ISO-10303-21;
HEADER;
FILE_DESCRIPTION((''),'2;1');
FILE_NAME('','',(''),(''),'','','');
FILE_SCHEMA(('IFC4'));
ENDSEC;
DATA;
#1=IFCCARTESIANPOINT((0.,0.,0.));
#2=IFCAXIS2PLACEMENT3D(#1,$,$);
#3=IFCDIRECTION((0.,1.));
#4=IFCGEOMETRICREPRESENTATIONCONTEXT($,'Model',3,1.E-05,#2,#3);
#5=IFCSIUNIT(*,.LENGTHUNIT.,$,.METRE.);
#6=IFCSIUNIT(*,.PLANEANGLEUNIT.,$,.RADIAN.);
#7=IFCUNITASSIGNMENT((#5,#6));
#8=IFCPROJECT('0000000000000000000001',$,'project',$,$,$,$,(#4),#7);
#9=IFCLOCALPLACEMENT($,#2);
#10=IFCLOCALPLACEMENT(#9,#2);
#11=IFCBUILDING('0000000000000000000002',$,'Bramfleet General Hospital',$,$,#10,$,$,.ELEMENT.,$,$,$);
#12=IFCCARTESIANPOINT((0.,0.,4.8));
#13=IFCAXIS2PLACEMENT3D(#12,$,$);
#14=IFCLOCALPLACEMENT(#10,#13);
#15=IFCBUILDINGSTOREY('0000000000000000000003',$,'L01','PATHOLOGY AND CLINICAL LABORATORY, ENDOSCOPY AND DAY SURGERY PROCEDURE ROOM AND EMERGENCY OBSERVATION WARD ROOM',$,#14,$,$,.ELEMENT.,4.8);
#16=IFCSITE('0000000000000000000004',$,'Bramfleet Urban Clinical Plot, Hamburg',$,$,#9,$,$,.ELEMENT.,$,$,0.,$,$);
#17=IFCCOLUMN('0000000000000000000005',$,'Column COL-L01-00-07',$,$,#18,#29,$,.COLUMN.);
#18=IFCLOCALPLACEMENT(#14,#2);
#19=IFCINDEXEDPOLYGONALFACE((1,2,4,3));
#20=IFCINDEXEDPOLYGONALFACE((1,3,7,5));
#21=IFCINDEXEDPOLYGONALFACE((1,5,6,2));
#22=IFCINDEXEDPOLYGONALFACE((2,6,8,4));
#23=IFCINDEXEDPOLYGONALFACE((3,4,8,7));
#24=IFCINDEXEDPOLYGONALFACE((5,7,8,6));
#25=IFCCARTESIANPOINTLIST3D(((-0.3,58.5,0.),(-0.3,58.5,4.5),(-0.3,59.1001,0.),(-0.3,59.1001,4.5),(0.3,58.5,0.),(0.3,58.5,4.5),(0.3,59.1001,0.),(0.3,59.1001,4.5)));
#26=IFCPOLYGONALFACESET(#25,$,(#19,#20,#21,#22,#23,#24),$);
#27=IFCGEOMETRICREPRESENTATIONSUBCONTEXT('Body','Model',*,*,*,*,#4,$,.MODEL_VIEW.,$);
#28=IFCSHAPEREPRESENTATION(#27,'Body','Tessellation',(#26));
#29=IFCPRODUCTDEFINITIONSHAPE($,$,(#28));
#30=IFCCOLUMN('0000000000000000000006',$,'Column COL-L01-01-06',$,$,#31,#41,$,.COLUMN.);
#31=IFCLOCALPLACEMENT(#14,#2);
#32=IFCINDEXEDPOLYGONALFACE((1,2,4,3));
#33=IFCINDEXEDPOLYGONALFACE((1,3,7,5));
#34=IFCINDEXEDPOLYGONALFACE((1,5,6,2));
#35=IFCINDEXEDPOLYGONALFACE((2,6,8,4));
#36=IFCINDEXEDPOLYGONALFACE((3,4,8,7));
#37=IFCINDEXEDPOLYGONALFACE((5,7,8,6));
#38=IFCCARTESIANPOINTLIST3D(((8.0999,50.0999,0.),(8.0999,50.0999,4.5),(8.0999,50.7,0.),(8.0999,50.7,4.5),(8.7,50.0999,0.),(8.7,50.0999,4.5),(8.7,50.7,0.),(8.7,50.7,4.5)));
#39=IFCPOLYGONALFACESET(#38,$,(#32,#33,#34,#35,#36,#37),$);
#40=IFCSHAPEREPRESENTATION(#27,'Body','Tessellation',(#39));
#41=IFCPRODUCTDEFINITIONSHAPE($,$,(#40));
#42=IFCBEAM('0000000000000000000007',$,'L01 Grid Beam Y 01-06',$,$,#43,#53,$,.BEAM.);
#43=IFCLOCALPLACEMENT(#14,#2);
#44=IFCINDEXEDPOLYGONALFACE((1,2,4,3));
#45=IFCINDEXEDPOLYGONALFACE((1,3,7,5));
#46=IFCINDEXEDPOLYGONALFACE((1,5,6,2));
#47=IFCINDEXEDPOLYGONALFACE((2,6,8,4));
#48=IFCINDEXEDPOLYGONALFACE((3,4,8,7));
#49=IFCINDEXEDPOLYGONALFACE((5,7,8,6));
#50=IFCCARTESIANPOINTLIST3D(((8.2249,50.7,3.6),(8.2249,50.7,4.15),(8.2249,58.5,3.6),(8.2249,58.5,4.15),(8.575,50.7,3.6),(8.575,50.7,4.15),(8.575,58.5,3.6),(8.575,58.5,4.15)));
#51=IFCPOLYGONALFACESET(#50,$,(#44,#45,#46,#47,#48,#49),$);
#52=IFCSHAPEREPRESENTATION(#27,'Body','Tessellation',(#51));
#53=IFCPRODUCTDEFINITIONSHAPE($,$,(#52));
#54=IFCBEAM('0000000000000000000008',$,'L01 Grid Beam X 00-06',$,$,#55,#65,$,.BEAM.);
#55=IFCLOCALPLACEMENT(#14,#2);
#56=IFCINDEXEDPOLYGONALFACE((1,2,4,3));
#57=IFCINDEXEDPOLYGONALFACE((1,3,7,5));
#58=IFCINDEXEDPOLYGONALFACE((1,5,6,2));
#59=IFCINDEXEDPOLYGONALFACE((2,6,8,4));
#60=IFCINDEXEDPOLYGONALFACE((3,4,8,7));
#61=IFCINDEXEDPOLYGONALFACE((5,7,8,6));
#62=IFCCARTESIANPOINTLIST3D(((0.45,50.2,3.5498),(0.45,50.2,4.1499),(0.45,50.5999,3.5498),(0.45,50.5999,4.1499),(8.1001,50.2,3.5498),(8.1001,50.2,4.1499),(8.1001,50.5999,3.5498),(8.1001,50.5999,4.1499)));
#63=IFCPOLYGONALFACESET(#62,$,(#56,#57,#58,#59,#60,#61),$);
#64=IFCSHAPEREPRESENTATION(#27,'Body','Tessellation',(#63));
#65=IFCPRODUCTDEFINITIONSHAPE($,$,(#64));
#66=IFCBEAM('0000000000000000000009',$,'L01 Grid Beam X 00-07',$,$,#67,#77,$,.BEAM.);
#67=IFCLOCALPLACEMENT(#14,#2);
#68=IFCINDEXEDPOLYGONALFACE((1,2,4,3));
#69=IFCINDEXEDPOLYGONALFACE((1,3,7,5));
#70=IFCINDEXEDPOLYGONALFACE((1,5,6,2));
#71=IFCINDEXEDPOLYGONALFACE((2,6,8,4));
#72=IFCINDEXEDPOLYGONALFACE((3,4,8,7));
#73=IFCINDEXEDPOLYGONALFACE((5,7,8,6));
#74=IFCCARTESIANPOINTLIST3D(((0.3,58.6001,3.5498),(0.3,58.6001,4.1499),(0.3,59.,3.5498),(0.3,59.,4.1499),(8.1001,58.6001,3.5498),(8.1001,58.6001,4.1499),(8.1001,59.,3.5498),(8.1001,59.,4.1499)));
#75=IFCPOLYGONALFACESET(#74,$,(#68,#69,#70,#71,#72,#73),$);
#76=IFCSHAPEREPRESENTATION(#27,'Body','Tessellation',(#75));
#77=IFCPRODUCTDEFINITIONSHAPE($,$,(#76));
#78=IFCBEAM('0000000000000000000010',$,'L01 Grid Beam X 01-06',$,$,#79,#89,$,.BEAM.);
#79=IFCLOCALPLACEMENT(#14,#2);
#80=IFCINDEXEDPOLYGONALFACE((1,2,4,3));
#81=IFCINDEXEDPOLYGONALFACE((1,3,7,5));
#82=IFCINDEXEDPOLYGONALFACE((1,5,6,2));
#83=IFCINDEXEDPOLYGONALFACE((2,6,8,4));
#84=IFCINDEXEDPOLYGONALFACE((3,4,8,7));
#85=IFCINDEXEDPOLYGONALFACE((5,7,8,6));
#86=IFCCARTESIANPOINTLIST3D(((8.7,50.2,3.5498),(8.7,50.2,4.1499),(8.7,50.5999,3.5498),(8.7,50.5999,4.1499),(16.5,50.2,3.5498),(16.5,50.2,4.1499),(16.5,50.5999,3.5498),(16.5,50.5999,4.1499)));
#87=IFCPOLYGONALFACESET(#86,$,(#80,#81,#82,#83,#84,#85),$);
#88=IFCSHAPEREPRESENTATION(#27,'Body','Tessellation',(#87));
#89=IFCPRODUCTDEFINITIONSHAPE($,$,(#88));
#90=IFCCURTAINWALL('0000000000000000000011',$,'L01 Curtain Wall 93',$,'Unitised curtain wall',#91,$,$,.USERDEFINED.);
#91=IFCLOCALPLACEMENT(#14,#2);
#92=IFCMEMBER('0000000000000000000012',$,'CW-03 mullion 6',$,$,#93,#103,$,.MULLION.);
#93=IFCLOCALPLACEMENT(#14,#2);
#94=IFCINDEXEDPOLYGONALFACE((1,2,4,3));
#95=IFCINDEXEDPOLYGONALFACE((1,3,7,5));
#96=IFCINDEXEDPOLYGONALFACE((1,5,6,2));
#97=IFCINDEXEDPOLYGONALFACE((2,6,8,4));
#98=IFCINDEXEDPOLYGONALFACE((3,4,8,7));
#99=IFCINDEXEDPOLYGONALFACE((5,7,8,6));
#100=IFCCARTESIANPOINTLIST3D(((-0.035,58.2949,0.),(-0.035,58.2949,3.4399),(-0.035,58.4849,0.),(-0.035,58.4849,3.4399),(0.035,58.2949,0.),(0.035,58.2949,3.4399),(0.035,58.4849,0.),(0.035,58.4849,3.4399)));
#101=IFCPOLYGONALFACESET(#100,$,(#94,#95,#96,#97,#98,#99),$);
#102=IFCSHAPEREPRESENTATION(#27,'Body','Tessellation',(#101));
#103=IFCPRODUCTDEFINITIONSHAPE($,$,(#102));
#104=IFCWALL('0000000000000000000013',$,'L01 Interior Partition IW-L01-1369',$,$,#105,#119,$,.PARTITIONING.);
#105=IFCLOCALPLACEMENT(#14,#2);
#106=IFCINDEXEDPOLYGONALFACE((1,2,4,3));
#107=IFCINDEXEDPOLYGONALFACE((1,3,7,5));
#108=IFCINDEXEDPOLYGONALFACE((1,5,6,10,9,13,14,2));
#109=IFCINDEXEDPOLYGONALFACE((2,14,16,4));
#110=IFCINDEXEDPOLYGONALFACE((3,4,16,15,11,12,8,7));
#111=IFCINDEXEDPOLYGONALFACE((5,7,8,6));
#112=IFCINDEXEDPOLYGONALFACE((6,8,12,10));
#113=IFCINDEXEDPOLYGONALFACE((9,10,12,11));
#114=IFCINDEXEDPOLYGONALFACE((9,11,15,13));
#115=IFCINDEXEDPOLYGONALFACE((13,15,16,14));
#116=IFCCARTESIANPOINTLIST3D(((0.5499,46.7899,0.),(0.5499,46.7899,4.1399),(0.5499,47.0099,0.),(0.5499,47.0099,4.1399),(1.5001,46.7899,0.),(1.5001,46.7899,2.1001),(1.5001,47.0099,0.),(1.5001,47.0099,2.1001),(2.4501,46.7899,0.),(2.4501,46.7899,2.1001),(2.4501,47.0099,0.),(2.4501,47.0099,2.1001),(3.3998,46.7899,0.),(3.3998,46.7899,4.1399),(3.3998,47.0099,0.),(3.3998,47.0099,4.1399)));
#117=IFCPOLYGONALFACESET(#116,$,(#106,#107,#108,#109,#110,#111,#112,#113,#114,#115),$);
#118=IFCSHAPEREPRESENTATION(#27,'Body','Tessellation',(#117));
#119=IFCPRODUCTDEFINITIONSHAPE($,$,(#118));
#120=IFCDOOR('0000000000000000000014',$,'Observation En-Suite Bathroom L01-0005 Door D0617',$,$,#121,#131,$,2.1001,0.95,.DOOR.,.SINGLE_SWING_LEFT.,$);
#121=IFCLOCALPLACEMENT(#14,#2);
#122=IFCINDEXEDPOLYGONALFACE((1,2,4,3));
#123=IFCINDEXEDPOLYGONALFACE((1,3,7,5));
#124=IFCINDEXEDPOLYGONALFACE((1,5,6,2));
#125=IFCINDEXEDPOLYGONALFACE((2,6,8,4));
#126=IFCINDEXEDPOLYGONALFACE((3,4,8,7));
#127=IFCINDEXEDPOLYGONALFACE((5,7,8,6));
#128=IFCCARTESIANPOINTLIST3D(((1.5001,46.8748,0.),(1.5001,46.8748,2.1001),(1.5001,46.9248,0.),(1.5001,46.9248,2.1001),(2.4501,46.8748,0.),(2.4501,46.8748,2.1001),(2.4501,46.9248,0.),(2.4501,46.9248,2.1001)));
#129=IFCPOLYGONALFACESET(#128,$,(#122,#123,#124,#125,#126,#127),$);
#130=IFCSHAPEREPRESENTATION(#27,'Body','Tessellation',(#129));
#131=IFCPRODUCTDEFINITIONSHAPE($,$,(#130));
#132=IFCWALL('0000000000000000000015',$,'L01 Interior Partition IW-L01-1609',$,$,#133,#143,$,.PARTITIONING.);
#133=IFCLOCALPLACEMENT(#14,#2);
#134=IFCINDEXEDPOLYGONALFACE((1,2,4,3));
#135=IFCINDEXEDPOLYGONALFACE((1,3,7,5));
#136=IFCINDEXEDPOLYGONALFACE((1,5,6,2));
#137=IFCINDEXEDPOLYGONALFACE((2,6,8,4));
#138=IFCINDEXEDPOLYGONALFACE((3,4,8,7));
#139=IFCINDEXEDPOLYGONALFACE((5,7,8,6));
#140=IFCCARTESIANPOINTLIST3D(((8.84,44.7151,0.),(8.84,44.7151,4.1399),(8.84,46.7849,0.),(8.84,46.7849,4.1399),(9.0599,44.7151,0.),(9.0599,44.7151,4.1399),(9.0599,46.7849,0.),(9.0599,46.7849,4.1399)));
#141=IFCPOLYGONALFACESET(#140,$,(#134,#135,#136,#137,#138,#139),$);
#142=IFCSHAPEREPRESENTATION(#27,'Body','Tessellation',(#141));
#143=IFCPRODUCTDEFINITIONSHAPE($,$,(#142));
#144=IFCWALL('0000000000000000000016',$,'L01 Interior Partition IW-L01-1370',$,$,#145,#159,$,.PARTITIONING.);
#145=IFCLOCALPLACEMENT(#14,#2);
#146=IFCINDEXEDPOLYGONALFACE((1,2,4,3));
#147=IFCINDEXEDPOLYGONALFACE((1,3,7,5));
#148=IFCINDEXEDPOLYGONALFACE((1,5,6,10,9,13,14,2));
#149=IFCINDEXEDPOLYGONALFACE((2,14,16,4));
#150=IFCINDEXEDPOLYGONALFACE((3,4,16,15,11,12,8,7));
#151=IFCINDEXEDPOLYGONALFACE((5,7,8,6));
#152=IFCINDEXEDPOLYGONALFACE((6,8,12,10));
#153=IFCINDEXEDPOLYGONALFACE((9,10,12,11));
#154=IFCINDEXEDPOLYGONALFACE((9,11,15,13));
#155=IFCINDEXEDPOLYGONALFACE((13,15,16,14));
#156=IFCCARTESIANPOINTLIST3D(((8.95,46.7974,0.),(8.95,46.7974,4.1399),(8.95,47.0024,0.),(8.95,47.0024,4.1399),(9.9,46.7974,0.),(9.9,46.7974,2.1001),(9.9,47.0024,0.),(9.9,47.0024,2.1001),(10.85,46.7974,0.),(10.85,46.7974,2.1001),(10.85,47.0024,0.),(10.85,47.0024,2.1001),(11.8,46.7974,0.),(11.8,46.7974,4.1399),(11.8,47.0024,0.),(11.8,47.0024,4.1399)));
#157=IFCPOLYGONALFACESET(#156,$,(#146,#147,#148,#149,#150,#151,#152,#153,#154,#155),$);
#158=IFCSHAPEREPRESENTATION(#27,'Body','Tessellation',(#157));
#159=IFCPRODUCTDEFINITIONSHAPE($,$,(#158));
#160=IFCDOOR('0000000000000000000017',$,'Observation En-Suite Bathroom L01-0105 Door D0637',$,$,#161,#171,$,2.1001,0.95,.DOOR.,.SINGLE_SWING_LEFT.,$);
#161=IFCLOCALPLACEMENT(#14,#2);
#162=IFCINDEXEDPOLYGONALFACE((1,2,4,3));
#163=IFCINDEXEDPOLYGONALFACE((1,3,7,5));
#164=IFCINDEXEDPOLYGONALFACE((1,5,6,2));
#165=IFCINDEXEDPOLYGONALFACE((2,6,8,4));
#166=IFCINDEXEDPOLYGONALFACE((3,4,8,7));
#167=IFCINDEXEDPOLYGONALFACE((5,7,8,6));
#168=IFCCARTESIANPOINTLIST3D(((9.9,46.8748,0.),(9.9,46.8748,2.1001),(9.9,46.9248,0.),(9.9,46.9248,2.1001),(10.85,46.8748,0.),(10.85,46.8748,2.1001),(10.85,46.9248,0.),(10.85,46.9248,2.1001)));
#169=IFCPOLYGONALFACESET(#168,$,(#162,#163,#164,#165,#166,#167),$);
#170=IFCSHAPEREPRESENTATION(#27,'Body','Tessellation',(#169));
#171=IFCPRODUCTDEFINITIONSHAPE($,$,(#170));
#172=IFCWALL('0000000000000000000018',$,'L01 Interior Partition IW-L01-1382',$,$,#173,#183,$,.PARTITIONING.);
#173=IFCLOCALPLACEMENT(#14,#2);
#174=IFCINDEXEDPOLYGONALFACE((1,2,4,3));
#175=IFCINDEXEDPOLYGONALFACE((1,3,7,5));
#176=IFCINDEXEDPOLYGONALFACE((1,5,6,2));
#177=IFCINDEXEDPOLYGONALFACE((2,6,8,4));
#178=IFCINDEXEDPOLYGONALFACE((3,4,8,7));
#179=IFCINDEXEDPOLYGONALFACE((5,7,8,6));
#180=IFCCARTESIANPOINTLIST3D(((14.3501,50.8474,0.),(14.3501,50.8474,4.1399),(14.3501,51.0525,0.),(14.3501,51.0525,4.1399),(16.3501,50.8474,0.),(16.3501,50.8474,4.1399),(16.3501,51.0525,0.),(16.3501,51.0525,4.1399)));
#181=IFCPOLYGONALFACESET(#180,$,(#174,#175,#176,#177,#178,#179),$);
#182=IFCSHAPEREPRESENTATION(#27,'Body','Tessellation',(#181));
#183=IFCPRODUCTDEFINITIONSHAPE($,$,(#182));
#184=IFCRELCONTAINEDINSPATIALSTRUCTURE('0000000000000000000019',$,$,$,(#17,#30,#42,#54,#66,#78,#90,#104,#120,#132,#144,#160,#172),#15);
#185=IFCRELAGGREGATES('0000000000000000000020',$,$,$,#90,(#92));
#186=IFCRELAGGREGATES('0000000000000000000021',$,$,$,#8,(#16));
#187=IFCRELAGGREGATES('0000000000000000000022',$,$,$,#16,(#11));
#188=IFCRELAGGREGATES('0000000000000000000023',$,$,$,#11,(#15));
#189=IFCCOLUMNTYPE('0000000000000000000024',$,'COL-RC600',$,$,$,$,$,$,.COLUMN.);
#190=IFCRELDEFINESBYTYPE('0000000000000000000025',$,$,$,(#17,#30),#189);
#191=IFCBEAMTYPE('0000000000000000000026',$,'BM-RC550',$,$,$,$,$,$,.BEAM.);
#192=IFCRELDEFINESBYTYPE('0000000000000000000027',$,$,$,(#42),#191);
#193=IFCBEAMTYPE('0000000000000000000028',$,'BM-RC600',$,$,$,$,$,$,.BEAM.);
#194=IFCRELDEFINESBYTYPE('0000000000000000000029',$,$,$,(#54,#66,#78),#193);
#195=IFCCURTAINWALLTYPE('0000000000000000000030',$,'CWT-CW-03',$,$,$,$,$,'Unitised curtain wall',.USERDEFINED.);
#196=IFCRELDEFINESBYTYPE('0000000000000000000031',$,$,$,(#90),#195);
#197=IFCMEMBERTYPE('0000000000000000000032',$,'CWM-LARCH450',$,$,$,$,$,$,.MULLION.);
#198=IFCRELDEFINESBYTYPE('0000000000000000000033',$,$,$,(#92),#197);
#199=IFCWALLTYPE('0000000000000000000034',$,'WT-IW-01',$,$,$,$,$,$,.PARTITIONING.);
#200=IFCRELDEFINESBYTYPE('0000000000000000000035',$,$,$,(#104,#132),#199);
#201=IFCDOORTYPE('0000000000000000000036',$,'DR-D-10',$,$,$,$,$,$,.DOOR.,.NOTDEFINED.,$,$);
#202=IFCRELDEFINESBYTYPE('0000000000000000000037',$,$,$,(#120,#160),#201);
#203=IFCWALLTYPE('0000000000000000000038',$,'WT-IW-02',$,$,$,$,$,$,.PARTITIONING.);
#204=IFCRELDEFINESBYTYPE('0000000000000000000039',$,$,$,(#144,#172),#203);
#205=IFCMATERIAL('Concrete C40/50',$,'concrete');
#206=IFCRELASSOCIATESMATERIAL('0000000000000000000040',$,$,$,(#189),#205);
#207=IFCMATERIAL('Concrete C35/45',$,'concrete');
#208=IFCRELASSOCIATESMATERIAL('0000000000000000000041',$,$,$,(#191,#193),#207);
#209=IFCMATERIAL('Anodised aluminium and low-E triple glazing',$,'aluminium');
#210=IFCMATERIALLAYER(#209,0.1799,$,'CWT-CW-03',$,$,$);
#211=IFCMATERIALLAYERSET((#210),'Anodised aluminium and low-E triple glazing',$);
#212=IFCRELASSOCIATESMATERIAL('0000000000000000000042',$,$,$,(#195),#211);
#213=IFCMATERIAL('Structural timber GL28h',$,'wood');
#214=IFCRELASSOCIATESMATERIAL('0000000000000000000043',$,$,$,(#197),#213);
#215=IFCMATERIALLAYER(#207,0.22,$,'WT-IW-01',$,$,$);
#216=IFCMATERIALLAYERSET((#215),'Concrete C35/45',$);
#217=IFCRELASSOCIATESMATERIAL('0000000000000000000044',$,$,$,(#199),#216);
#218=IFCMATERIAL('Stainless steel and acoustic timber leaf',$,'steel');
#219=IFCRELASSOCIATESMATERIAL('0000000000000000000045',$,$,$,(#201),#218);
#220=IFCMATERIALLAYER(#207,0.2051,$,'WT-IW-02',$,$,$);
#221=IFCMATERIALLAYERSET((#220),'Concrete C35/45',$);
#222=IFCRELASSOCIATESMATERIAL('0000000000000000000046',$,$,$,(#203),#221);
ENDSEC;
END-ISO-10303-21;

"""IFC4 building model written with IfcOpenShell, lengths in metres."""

from ifc_helpers import new_model, si_unit, direction, frame, frame_2d, origin, origin_2d, place, context, subcontext, project, spatial, rectangle, extrude, material, layer, layer_set, material_profile, profile_set, type_object, element, fill, aggregate, save


model = new_model("IFC4")

# Units and contexts
model_context = context("Model", 3, precision=1e-05, world=origin(), true_north=direction((0.0, 1.0)))
body_context = subcontext(model_context, "Body", "Model", "MODEL_VIEW")
ifc_project = project(units=[si_unit("LENGTHUNIT", "METRE"), si_unit("PLANEANGLEUNIT", "RADIAN")], contexts=[model_context])

# Site, building, storey
site_placement = place(None, origin())
site = spatial("IfcSite", under=ifc_project, at=site_placement, Name="Bramfleet Urban Clinical Plot, Hamburg", CompositionType="ELEMENT", RefElevation=0.0)
building_placement = place(site_placement, origin())
building = spatial("IfcBuilding", under=site, at=building_placement, Name="Bramfleet General Hospital", CompositionType="ELEMENT")
storey_placement = place(building_placement, frame((0.0, 0.0, 4.8)))
storey = spatial("IfcBuildingStorey", under=building, at=storey_placement, Name="L01", Description="PATHOLOGY AND CLINICAL LABORATORY, ENDOSCOPY AND DAY SURGERY PROCEDURE ROOM AND EMERGENCY OBSERVATION WARD ROOM", CompositionType="ELEMENT", Elevation=4.8)

# Columns
ifc_material_1 = material(Name="Concrete C40/50", Category="concrete")
ifc_material_profile_1 = material_profile(ifc_material_1, rectangle(XDim=0.6001, YDim=0.6001, at=origin_2d()), Name="RC COL 600x600")
ifc_profile_set_1 = profile_set([ifc_material_profile_1], Name="Concrete C40/50")
column_type = type_object("IfcColumnType", Name="COL-RC600", PredefinedType="COLUMN", material=ifc_profile_set_1)
for number, where, z_axis, x_axis, name in (
    (1, (0.0, 58.8, 0.0), (0.0, 0.0, 1.0), (1.0, 0.0, 0.0), "Column COL-L01-00-07"),
    (2, (8.3999, 50.3999, 0.0), (0.0, 0.0, 1.0), (1.0, 0.0, 0.0), "Column COL-L01-01-06"),
):
    element("IfcColumn", number, at=place(storey_placement, frame(where, z_axis=z_axis, x_axis=x_axis)), inside=storey, type_object=column_type, Name=name, PredefinedType="COLUMN", context=body_context, shape_type="SweptSolid", body=[
        extrude(rectangle(XDim=0.6001, YDim=0.6001, at=origin_2d()), origin(), (0.0, 0.0, 1.0), 4.5),
    ])

# Beams
ifc_material_2 = material(Name="Concrete C35/45", Category="concrete")
ifc_material_profile_2 = material_profile(ifc_material_2, rectangle(XDim=0.3501, YDim=0.55, at=origin_2d()), Name="RC BM 550x350")
ifc_profile_set_2 = profile_set([ifc_material_profile_2], Name="Concrete C35/45")
beam_type_1 = type_object("IfcBeamType", Name="BM-RC550", PredefinedType="BEAM", material=ifc_profile_set_2)
beam_1_placement = place(storey_placement, frame((8.3999, 50.7, 3.875), z_axis=(0.0, 1.0, 0.0), x_axis=(-1.0, 0.0, 0.0)))
element("IfcBeam", 3, at=beam_1_placement, inside=storey, type_object=beam_type_1, Name="L01 Grid Beam Y 01-06", PredefinedType="BEAM", context=body_context, shape_type="SweptSolid", body=[
    extrude(rectangle(XDim=0.3501, YDim=0.55, at=origin_2d()), origin(), (0.0, 0.0, 1.0), 7.8),
])
ifc_material_profile_3 = material_profile(ifc_material_2, rectangle(XDim=0.3999, YDim=0.6001, at=origin_2d()), Name="RC BM 600x400")
ifc_profile_set_3 = profile_set([ifc_material_profile_3], Name="Concrete C35/45")
beam_type_2 = type_object("IfcBeamType", Name="BM-RC600", PredefinedType="BEAM", material=ifc_profile_set_3)
beam_2_placement = place(storey_placement, frame((0.45, 50.3999, 3.8499), z_axis=(1.0, 0.0, 0.0), x_axis=(0.0, 1.0, 0.0)))
element("IfcBeam", 4, at=beam_2_placement, inside=storey, type_object=beam_type_2, Name="L01 Grid Beam X 00-06", PredefinedType="BEAM", context=body_context, shape_type="SweptSolid", body=[
    extrude(rectangle(XDim=0.3999, YDim=0.6001, at=origin_2d()), origin(), (0.0, 0.0, 1.0), 7.6501),
])
for number, where, z_axis, x_axis, name in (
    (5, (0.3, 58.8, 3.8499), (1.0, 0.0, 0.0), (0.0, 1.0, 0.0), "L01 Grid Beam X 00-07"),
    (6, (8.7, 50.3999, 3.8499), (1.0, 0.0, 0.0), (0.0, 1.0, 0.0), "L01 Grid Beam X 01-06"),
):
    element("IfcBeam", number, at=place(storey_placement, frame(where, z_axis=z_axis, x_axis=x_axis)), inside=storey, type_object=beam_type_2, Name=name, PredefinedType="BEAM", context=body_context, shape_type="SweptSolid", body=[
        extrude(rectangle(XDim=0.3999, YDim=0.6001, at=origin_2d()), origin(), (0.0, 0.0, 1.0), 7.8),
    ])

# Curtain wall, member
ifc_material_3 = material(Name="Anodised aluminium and low-E triple glazing", Category="aluminium")
ifc_layer_1 = layer(ifc_material_3, 0.1799, Name="CWT-CW-03")
ifc_layer_set_1 = layer_set([ifc_layer_1], Name="Anodised aluminium and low-E triple glazing")
curtain_wall_type = type_object("IfcCurtainWallType", Name="CWT-CW-03", ElementType="Unitised curtain wall", PredefinedType="USERDEFINED", material=ifc_layer_set_1)
curtain_wall_placement = place(storey_placement, origin())
curtain_wall = element("IfcCurtainWall", 7, at=curtain_wall_placement, inside=storey, type_object=curtain_wall_type, Name="L01 Curtain Wall 93", ObjectType="Unitised curtain wall", PredefinedType="USERDEFINED")
ifc_material_4 = material(Name="Structural timber GL28h", Category="wood")
ifc_material_profile_4 = material_profile(ifc_material_4, rectangle(XDim=0.0701, YDim=0.1899, at=origin_2d()), Name="LARCH 190x70")
ifc_profile_set_4 = profile_set([ifc_material_profile_4], Name="Structural timber GL28h")
member_type = type_object("IfcMemberType", Name="CWM-LARCH450", PredefinedType="MULLION", material=ifc_profile_set_4)
member_placement = place(storey_placement, frame((0.0, 58.3899, 0.0), z_axis=(0.0, 0.0, 1.0), x_axis=(-1.0, 0.0, 0.0)))
member = element("IfcMember", 8, at=member_placement, type_object=member_type, Name="CW-03 mullion 6", PredefinedType="MULLION", context=body_context, shape_type="SweptSolid", body=[
    extrude(rectangle(XDim=0.0701, YDim=0.1899, at=origin_2d()), origin(), (0.0, 0.0, 1.0), 3.4399),
])
aggregate(curtain_wall, [member])

# Wall, opening, door
ifc_layer_2 = layer(ifc_material_2, 0.22, Name="WT-IW-01")
ifc_layer_set_2 = layer_set([ifc_layer_2], Name="Concrete C35/45")
wall_type_1 = type_object("IfcWallType", Name="WT-IW-01", PredefinedType="PARTITIONING", material=ifc_layer_set_2)
wall_1_placement = place(storey_placement, frame((0.55, 46.8999, 0.0), z_axis=(0.0, 0.0, 1.0), x_axis=(1.0, 0.0, 0.0)))
wall_1 = element("IfcWall", 9, at=wall_1_placement, inside=storey, type_object=wall_type_1, Name="L01 Interior Partition IW-L01-1369", PredefinedType="PARTITIONING", context=body_context, shape_type="SweptSolid", body=[
    extrude(rectangle(XDim=2.8499, YDim=0.22, at=frame_2d((1.4248, 0.0))), origin(), (0.0, 0.0, 1.0), 4.1399),
])
opening_1_placement = place(wall_1_placement, frame((0.95, 0.0, 0.0)))
opening_1 = element("IfcOpeningElement", 10, at=opening_1_placement, cuts=wall_1, PredefinedType="OPENING", context=body_context, shape_type="SweptSolid", body=[
    extrude(rectangle(XDim=0.95, YDim=2.1001, at=frame_2d((0.4751, 1.05))), frame((0.0, 0.1199, 0.0), z_axis=(0.0, -1.0, 0.0), x_axis=(1.0, 0.0, 0.0)), (0.0, 0.0, 1.0), 0.24),
])
ifc_material_5 = material(Name="Stainless steel and acoustic timber leaf", Category="steel")
door_type = type_object("IfcDoorType", Name="DR-D-10", OperationType="NOTDEFINED", PredefinedType="DOOR", material=ifc_material_5)
door_1_placement = place(opening_1_placement, origin())
door_1 = element("IfcDoor", 11, at=door_1_placement, inside=storey, type_object=door_type, Name="Observation En-Suite Bathroom L01-0005 Door D0617", OperationType="SINGLE_SWING_LEFT", OverallHeight=2.1001, OverallWidth=0.95, PredefinedType="DOOR", context=body_context, shape_type="SweptSolid", body=[
    extrude(rectangle(XDim=0.95, YDim=2.1001, at=frame_2d((0.4751, 1.05))), frame((0.0, 0.0249, 0.0), z_axis=(0.0, -1.0, 0.0), x_axis=(1.0, 0.0, 0.0)), (0.0, 0.0, 1.0), 0.05),
])
fill(opening_1, door_1)

# Wall
wall_2_placement = place(storey_placement, frame((8.95, 44.7151, 0.0), z_axis=(0.0, 0.0, 1.0), x_axis=(0.0, 1.0, 0.0)))
element("IfcWall", 12, at=wall_2_placement, inside=storey, type_object=wall_type_1, Name="L01 Interior Partition IW-L01-1609", PredefinedType="PARTITIONING", context=body_context, shape_type="SweptSolid", body=[
    extrude(rectangle(XDim=2.0698, YDim=0.22, at=frame_2d((1.0349, 0.0))), origin(), (0.0, 0.0, 1.0), 4.1399),
])

# Wall, opening, door
ifc_layer_3 = layer(ifc_material_2, 0.2051, Name="WT-IW-02")
ifc_layer_set_3 = layer_set([ifc_layer_3], Name="Concrete C35/45")
wall_type_2 = type_object("IfcWallType", Name="WT-IW-02", PredefinedType="PARTITIONING", material=ifc_layer_set_3)
wall_3_placement = place(storey_placement, frame((8.95, 46.8999, 0.0), z_axis=(0.0, 0.0, 1.0), x_axis=(1.0, 0.0, 0.0)))
wall_3 = element("IfcWall", 13, at=wall_3_placement, inside=storey, type_object=wall_type_2, Name="L01 Interior Partition IW-L01-1370", PredefinedType="PARTITIONING", context=body_context, shape_type="SweptSolid", body=[
    extrude(rectangle(XDim=2.8501, YDim=0.2051, at=frame_2d((1.425, 0.0))), origin(), (0.0, 0.0, 1.0), 4.1399),
])
opening_2_placement = place(wall_3_placement, frame((0.95, 0.0, 0.0)))
opening_2 = element("IfcOpeningElement", 14, at=opening_2_placement, cuts=wall_3, PredefinedType="OPENING", context=body_context, shape_type="SweptSolid", body=[
    extrude(rectangle(XDim=0.95, YDim=2.1001, at=frame_2d((0.4751, 1.05))), frame((0.0, 0.1125, 0.0), z_axis=(0.0, -1.0, 0.0), x_axis=(1.0, 0.0, 0.0)), (0.0, 0.0, 1.0), 0.2251),
])
door_2_placement = place(opening_2_placement, origin())
door_2 = element("IfcDoor", 15, at=door_2_placement, inside=storey, type_object=door_type, Name="Observation En-Suite Bathroom L01-0105 Door D0637", OperationType="SINGLE_SWING_LEFT", OverallHeight=2.1001, OverallWidth=0.95, PredefinedType="DOOR", context=body_context, shape_type="SweptSolid", body=[
    extrude(rectangle(XDim=0.95, YDim=2.1001, at=frame_2d((0.4751, 1.05))), frame((0.0, 0.0249, 0.0), z_axis=(0.0, -1.0, 0.0), x_axis=(1.0, 0.0, 0.0)), (0.0, 0.0, 1.0), 0.05),
])
fill(opening_2, door_2)

# Wall
wall_4_placement = place(storey_placement, frame((14.3501, 50.95, 0.0), z_axis=(0.0, 0.0, 1.0), x_axis=(1.0, 0.0, 0.0)))
element("IfcWall", 16, at=wall_4_placement, inside=storey, type_object=wall_type_2, Name="L01 Interior Partition IW-L01-1382", PredefinedType="PARTITIONING", context=body_context, shape_type="SweptSolid", body=[
    extrude(rectangle(XDim=2.0, YDim=0.2051, at=frame_2d((1.0, 0.0))), origin(), (0.0, 0.0, 1.0), 4.1399),
])

save(model, "model.ifc")
